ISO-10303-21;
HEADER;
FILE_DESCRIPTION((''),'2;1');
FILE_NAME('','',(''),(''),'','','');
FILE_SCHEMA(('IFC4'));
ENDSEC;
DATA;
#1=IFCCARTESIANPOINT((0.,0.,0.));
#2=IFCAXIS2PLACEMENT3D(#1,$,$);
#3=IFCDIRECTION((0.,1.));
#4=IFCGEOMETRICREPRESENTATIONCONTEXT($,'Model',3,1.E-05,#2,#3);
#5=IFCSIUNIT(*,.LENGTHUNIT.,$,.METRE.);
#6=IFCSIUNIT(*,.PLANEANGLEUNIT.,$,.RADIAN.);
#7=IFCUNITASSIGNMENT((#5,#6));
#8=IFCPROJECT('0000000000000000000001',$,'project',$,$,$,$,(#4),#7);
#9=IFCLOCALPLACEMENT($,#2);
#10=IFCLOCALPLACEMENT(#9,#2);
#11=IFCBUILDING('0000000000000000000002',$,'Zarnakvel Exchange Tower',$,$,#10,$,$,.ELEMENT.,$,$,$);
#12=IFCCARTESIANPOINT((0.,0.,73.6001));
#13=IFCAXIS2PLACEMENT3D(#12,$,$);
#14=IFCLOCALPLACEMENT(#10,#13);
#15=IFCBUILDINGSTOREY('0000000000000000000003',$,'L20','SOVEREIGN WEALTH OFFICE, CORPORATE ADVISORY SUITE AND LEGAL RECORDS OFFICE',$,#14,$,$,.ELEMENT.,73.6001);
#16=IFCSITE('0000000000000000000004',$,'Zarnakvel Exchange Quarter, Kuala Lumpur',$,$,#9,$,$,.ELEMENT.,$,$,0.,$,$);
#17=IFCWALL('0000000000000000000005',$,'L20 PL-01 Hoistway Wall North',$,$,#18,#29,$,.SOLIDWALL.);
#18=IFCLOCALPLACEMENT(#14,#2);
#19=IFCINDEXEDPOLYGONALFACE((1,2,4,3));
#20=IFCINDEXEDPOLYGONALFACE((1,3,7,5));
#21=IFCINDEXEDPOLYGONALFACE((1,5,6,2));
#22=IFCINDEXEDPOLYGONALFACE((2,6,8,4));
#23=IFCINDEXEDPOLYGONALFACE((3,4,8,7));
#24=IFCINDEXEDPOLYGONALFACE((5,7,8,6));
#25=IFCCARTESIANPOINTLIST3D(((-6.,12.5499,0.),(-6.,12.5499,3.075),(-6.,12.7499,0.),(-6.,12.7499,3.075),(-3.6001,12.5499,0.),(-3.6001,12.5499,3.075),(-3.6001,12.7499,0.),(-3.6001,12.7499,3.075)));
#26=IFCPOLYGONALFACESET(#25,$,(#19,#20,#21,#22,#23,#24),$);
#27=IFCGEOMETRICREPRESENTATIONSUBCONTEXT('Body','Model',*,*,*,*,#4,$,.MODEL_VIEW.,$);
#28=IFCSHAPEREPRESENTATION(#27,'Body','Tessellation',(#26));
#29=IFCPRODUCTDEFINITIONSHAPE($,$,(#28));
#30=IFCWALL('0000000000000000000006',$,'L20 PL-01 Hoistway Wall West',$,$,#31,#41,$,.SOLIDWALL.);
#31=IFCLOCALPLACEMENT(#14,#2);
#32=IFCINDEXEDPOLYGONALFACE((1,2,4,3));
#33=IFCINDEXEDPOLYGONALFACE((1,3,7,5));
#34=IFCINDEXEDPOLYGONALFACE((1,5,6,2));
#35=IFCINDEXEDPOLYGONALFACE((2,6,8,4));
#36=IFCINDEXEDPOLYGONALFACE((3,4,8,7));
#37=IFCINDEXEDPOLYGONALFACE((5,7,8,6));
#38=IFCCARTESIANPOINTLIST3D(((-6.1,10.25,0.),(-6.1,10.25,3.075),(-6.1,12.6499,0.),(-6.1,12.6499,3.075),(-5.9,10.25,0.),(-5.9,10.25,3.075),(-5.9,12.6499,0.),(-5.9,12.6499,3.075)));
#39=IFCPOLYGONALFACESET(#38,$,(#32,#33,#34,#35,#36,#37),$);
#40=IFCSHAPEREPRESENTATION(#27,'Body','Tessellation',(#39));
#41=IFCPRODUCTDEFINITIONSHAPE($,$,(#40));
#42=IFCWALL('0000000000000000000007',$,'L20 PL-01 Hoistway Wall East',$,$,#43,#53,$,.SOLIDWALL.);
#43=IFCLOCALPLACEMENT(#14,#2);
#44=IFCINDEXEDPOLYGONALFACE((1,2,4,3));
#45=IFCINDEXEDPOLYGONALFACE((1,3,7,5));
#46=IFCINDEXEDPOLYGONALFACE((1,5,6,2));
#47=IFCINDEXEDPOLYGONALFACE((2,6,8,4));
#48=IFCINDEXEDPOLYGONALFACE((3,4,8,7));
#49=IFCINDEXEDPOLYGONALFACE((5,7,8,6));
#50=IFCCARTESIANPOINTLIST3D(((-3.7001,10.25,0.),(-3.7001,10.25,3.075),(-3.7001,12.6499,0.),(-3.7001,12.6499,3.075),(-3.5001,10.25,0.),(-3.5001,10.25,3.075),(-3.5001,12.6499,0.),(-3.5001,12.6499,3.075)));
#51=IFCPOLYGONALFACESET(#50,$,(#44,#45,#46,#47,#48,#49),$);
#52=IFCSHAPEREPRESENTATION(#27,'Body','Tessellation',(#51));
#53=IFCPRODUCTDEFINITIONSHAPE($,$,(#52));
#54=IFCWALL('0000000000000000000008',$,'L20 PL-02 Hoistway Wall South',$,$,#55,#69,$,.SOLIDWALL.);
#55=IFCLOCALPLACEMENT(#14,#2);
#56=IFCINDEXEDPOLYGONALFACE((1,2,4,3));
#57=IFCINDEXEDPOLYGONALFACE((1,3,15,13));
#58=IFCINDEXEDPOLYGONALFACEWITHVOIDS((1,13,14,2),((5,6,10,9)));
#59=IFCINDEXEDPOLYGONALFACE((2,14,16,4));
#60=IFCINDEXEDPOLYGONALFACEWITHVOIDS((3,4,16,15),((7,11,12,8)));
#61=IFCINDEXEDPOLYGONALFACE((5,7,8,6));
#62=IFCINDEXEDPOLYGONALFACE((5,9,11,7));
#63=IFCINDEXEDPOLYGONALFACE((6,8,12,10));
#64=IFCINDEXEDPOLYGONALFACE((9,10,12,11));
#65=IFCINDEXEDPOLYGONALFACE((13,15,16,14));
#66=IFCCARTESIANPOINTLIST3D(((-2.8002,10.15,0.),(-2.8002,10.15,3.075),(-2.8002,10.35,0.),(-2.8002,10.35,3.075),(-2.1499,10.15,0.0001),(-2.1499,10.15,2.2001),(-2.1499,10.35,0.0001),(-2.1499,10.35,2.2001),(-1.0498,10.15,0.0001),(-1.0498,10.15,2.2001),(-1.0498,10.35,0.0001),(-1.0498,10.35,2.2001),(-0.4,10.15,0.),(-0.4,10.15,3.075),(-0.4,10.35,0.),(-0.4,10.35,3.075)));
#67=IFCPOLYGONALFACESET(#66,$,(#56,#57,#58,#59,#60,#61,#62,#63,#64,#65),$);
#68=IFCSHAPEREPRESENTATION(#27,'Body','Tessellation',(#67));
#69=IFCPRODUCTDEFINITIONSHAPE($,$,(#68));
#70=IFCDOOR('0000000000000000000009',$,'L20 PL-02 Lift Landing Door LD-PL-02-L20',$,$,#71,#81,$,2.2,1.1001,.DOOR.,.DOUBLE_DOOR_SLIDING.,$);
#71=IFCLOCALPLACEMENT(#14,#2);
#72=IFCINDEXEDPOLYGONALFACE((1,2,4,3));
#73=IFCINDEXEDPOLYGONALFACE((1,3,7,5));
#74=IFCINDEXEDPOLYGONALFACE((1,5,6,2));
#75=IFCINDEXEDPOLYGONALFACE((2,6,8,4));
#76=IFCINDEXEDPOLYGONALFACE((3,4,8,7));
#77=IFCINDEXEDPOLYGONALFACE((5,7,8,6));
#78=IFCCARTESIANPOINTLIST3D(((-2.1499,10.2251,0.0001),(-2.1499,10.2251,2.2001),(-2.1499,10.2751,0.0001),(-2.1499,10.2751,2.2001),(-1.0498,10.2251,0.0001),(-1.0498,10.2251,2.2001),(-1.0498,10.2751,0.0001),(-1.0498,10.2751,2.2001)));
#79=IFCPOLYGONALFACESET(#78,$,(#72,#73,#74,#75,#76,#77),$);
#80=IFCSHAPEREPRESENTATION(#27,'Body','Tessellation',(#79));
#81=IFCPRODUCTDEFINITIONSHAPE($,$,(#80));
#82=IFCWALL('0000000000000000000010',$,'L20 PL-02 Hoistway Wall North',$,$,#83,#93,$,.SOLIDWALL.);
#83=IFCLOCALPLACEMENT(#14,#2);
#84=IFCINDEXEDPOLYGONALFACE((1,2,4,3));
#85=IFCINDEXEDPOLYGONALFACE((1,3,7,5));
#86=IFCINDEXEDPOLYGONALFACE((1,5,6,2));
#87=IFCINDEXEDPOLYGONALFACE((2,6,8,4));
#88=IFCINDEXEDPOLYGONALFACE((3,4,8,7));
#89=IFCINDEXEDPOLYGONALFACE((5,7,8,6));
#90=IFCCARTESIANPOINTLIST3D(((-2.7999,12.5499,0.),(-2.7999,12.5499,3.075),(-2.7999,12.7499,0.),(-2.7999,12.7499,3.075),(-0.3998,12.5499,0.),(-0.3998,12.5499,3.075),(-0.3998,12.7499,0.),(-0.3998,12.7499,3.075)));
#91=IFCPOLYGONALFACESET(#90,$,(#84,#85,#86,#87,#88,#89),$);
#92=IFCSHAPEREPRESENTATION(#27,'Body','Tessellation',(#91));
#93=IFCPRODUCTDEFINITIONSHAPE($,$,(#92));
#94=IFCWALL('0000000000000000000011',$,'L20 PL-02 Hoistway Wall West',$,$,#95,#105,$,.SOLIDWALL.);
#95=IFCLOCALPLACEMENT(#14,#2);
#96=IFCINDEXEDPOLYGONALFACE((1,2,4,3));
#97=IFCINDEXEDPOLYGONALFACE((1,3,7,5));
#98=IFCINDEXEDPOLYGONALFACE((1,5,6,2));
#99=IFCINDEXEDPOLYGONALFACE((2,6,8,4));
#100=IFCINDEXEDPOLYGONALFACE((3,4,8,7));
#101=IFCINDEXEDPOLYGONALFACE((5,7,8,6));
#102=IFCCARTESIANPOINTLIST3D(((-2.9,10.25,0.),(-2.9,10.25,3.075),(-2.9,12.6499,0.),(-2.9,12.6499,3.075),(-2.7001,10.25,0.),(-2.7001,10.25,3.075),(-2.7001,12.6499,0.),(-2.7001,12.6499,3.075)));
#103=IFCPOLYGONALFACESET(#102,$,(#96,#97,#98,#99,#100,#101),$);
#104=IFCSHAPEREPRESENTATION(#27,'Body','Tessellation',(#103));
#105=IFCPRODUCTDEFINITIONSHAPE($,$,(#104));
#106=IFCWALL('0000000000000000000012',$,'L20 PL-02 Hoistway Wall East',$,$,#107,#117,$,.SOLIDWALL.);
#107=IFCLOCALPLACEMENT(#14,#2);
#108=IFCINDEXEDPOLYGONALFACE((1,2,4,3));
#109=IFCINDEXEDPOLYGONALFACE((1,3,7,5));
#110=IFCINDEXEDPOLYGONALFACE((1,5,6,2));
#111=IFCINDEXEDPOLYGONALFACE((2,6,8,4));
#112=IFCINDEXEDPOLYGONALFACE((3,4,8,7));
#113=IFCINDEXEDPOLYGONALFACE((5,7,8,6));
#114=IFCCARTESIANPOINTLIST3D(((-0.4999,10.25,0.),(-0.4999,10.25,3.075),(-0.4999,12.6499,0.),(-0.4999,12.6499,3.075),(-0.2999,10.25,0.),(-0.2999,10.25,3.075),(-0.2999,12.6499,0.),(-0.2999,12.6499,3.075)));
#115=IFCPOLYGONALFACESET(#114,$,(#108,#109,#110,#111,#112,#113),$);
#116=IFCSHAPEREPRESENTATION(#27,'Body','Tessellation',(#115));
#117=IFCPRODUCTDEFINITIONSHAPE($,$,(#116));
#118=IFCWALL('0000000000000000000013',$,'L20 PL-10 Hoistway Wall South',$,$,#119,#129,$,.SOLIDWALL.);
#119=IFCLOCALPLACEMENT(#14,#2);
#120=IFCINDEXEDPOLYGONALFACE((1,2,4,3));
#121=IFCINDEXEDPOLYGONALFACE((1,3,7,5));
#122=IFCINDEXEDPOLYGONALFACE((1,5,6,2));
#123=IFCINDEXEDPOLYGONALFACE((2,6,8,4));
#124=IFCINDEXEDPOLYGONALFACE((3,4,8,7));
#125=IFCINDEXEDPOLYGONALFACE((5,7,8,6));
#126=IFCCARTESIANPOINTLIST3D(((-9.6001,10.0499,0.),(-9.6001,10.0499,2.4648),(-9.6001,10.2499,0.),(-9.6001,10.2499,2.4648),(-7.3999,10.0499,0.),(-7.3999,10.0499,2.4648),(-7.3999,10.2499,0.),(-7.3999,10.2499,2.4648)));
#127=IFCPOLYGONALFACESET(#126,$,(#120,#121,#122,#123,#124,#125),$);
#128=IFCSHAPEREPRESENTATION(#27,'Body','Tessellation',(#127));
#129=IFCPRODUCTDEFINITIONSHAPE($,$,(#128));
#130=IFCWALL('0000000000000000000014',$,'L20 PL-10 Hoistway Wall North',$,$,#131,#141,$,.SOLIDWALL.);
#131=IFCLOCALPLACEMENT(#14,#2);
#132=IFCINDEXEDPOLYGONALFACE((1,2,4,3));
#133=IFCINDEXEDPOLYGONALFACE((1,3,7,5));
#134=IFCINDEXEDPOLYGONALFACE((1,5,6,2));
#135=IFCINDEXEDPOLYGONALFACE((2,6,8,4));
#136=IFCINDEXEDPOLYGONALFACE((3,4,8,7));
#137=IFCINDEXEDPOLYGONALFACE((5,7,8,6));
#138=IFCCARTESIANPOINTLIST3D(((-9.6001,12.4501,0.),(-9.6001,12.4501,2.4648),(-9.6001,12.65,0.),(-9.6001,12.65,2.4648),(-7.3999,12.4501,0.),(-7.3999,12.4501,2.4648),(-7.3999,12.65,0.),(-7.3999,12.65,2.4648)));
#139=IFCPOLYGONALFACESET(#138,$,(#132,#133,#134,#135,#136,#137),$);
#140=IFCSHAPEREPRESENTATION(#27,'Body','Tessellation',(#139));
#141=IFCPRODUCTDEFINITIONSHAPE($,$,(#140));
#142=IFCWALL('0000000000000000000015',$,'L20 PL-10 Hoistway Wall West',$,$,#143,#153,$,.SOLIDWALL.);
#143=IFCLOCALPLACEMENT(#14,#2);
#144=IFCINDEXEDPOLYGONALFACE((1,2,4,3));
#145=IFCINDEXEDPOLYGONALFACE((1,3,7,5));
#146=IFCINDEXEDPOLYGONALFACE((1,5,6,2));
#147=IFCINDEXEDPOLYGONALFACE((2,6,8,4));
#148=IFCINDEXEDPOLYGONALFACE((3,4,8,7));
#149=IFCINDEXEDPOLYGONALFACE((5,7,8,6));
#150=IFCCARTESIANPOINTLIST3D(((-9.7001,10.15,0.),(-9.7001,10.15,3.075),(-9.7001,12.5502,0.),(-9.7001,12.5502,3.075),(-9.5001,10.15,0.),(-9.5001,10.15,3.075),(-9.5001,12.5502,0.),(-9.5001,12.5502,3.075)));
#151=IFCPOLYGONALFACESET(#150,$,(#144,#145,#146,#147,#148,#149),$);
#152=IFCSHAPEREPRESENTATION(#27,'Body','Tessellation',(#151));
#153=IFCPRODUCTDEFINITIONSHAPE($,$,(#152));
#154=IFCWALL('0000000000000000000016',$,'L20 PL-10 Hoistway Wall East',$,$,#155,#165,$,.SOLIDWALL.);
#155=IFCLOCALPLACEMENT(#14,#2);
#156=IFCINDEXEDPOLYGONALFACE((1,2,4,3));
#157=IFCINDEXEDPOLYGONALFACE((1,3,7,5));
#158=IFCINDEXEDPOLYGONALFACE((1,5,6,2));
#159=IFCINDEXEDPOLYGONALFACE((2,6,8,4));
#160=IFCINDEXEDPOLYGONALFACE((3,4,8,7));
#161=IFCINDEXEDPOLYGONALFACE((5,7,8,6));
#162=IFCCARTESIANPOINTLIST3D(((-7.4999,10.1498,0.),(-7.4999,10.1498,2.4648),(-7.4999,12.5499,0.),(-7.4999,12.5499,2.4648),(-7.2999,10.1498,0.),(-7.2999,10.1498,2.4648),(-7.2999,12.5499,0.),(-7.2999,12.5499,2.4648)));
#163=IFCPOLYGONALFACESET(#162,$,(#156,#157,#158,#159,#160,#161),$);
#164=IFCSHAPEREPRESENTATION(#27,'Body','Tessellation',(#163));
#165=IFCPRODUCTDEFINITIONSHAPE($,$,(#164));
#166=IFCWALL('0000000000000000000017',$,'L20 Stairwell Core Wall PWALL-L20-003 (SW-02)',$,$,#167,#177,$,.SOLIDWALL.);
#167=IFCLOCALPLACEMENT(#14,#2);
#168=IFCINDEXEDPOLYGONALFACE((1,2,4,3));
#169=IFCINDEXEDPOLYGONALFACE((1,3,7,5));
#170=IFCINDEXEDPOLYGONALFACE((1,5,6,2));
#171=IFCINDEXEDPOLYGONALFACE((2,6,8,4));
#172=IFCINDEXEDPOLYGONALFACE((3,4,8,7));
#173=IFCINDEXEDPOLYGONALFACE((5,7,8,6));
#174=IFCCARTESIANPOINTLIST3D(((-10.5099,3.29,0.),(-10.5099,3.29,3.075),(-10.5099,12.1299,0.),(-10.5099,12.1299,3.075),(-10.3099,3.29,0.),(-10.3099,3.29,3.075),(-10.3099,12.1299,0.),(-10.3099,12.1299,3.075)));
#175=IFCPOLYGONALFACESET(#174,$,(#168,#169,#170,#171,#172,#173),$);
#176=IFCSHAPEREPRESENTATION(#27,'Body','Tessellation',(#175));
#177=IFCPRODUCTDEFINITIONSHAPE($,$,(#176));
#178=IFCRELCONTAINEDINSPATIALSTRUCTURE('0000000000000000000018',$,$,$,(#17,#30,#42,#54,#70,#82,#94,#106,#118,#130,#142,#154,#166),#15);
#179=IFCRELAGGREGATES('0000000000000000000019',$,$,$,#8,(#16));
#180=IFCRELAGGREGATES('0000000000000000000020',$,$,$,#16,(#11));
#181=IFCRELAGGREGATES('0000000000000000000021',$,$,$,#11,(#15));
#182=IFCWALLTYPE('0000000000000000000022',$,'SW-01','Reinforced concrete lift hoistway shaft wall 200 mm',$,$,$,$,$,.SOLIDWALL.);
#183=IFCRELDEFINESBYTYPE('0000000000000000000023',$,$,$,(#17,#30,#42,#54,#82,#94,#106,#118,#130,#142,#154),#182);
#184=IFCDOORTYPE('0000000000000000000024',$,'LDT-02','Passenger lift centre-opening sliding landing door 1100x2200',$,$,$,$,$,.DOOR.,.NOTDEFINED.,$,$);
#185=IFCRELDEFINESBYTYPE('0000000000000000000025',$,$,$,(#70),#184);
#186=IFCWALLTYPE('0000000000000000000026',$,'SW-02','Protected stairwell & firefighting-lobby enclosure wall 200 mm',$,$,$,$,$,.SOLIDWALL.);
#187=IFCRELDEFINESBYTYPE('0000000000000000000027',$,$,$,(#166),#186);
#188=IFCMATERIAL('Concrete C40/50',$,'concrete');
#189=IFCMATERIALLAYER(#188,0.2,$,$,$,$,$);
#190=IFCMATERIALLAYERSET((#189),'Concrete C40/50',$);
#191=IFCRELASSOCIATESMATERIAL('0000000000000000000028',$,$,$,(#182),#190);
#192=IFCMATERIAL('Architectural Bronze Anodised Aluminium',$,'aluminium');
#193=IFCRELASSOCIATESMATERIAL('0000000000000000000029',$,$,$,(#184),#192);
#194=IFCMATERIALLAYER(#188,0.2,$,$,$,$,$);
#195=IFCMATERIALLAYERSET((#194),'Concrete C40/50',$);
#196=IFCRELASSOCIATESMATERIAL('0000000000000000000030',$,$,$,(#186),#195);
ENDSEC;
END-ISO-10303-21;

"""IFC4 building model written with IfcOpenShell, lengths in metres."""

from ifc_helpers import new_model, si_unit, direction, frame, frame_2d, origin, place, context, subcontext, project, spatial, rectangle, extrude, source, transform, mapped, material, layer, layer_set, type_object, element, fill, save


model = new_model("IFC4")

# Units and contexts
model_context = context("Model", 3, precision=1e-05, world=origin(), true_north=direction((0.0, 1.0)))
body_context = subcontext(model_context, "Body", "Model", "MODEL_VIEW")
ifc_project = project(units=[si_unit("LENGTHUNIT", "METRE"), si_unit("PLANEANGLEUNIT", "RADIAN")], contexts=[model_context])

# Site, building, storey
site_placement = place(None, origin())
site = spatial("IfcSite", under=ifc_project, at=site_placement, Name="Zarnakvel Exchange Quarter, Kuala Lumpur", CompositionType="ELEMENT", RefElevation=0.0)
building_placement = place(site_placement, origin())
building = spatial("IfcBuilding", under=site, at=building_placement, Name="Zarnakvel Exchange Tower", CompositionType="ELEMENT")
storey_placement = place(building_placement, frame((0.0, 0.0, 73.6001)))
storey = spatial("IfcBuildingStorey", under=building, at=storey_placement, Name="L20", Description="SOVEREIGN WEALTH OFFICE, CORPORATE ADVISORY SUITE AND LEGAL RECORDS OFFICE", CompositionType="ELEMENT", Elevation=73.6001)

# Shared definitions
ifc_material_1 = material(Name="Architectural Bronze Anodised Aluminium", Category="aluminium")

# Shared definitions
ifc_material_2 = material(Name="Concrete C40/50", Category="concrete")
ifc_layer_1 = layer(ifc_material_2, 0.2)
ifc_layer_set_1 = layer_set([ifc_layer_1], Name="Concrete C40/50")
wall_type_1 = type_object("IfcWallType", Name="SW-01", Description="Reinforced concrete lift hoistway shaft wall 200 mm", PredefinedType="SOLIDWALL", material=ifc_layer_set_1)
door_type = type_object("IfcDoorType", Name="LDT-02", Description="Passenger lift centre-opening sliding landing door 1100x2200", OperationType="NOTDEFINED", PredefinedType="DOOR", material=ifc_material_1)
shared_shape_1 = source(origin(), body_context, "Body", "SweptSolid", [
    extrude(rectangle(XDim=1.1001, YDim=2.2, at=frame_2d((0.55, 1.1001))), frame((0.0, 0.0249, 0.0), z_axis=(0.0, -1.0, 0.0), x_axis=(1.0, 0.0, 0.0)), (0.0, 0.0, 1.0), 0.05),
])

# Walls
for number, where, z_axis, x_axis, name in (
    (1, (-6.0, 12.6499, 0.0), (0.0, 0.0, 1.0), (1.0, 0.0, 0.0), "L20 PL-01 Hoistway Wall North"),
    (2, (-6.0, 10.25, 0.0), (0.0, 0.0, 1.0), (0.0, 1.0, 0.0), "L20 PL-01 Hoistway Wall West"),
    (3, (-3.6001, 12.6499, 0.0), (0.0, 0.0, 1.0), (0.0, -1.0, 0.0), "L20 PL-01 Hoistway Wall East"),
):
    element("IfcWall", number, at=place(storey_placement, frame(where, z_axis=z_axis, x_axis=x_axis)), inside=storey, type_object=wall_type_1, Name=name, PredefinedType="SOLIDWALL", context=body_context, shape_type="SweptSolid", body=[
        extrude(rectangle(XDim=2.3999, YDim=0.2, at=frame_2d((1.2, 0.0))), origin(), (0.0, 0.0, 1.0), 3.075),
    ])

# Wall, opening, door
wall_1_placement = place(storey_placement, frame((-0.3999, 10.25, 0.0), z_axis=(0.0, 0.0, 1.0), x_axis=(-1.0, 0.0, 0.0)))
wall_1 = element("IfcWall", 4, at=wall_1_placement, inside=storey, type_object=wall_type_1, Name="L20 PL-02 Hoistway Wall South", PredefinedType="SOLIDWALL", context=body_context, shape_type="SweptSolid", body=[
    extrude(rectangle(XDim=2.4001, YDim=0.2, at=frame_2d((1.2002, 0.0))), origin(), (0.0, 0.0, 1.0), 3.075),
])
opening_1_placement = place(wall_1_placement, frame((0.6499, 0.0, 0.0)))
opening_1 = element("IfcOpeningElement", 5, at=opening_1_placement, cuts=wall_1, PredefinedType="OPENING", context=body_context, shape_type="SweptSolid", body=[
    extrude(rectangle(XDim=1.1001, YDim=2.2, at=frame_2d((0.55, 1.1001))), frame((0.0, 0.1099, 0.0), z_axis=(0.0, -1.0, 0.0), x_axis=(1.0, 0.0, 0.0)), (0.0, 0.0, 1.0), 0.22),
])
door_1_placement = place(opening_1_placement, origin())
door_1 = element("IfcDoor", 6, at=door_1_placement, inside=storey, type_object=door_type, Name="L20 PL-02 Lift Landing Door LD-PL-02-L20", OperationType="DOUBLE_DOOR_SLIDING", OverallHeight=2.2, OverallWidth=1.1001, PredefinedType="DOOR", context=body_context, shape_type="MappedRepresentation", body=[
    mapped(shared_shape_1, transform((0.0, 0.0, 0.0), x_axis=(1.0, 0.0, 0.0), y_axis=(0.0, 1.0, 0.0), z_axis=(0.0, 0.0, 1.0), scale=1.0)),
])
fill(opening_1, door_1)

# Walls
wall_2_placement = place(storey_placement, frame((-2.8, 12.6499, 0.0), z_axis=(0.0, 0.0, 1.0), x_axis=(1.0, 0.0, 0.0)))
element("IfcWall", 7, at=wall_2_placement, inside=storey, type_object=wall_type_1, Name="L20 PL-02 Hoistway Wall North", PredefinedType="SOLIDWALL", context=body_context, shape_type="SweptSolid", body=[
    extrude(rectangle(XDim=2.4001, YDim=0.2, at=frame_2d((1.2002, 0.0))), origin(), (0.0, 0.0, 1.0), 3.075),
])
for number, where, z_axis, x_axis, name in (
    (8, (-2.8, 10.25, 0.0), (0.0, 0.0, 1.0), (0.0, 1.0, 0.0), "L20 PL-02 Hoistway Wall West"),
    (9, (-0.3999, 12.6499, 0.0), (0.0, 0.0, 1.0), (0.0, -1.0, 0.0), "L20 PL-02 Hoistway Wall East"),
):
    element("IfcWall", number, at=place(storey_placement, frame(where, z_axis=z_axis, x_axis=x_axis)), inside=storey, type_object=wall_type_1, Name=name, PredefinedType="SOLIDWALL", context=body_context, shape_type="SweptSolid", body=[
        extrude(rectangle(XDim=2.3999, YDim=0.2, at=frame_2d((1.2, 0.0))), origin(), (0.0, 0.0, 1.0), 3.075),
    ])
for number, where, z_axis, x_axis, name in (
    (10, (-7.3999, 10.1499, 0.0), (0.0, 0.0, 1.0), (-1.0, 0.0, 0.0), "L20 PL-10 Hoistway Wall South"),
    (11, (-9.6001, 12.55, 0.0), (0.0, 0.0, 1.0), (1.0, 0.0, 0.0), "L20 PL-10 Hoistway Wall North"),
):
    element("IfcWall", number, at=place(storey_placement, frame(where, z_axis=z_axis, x_axis=x_axis)), inside=storey, type_object=wall_type_1, Name=name, PredefinedType="SOLIDWALL", context=body_context, shape_type="SweptSolid", body=[
        extrude(rectangle(XDim=2.2002, YDim=0.2, at=frame_2d((1.1001, 0.0))), origin(), (0.0, 0.0, 1.0), 2.4648),
    ])
wall_3_placement = place(storey_placement, frame((-9.6001, 10.1499, 0.0), z_axis=(0.0, 0.0, 1.0), x_axis=(0.0, 1.0, 0.0)))
element("IfcWall", 12, at=wall_3_placement, inside=storey, type_object=wall_type_1, Name="L20 PL-10 Hoistway Wall West", PredefinedType="SOLIDWALL", context=body_context, shape_type="SweptSolid", body=[
    extrude(rectangle(XDim=2.4001, YDim=0.2, at=frame_2d((1.2002, 0.0))), origin(), (0.0, 0.0, 1.0), 3.075),
])
wall_4_placement = place(storey_placement, frame((-7.3999, 12.55, 0.0), z_axis=(0.0, 0.0, 1.0), x_axis=(0.0, -1.0, 0.0)))
element("IfcWall", 13, at=wall_4_placement, inside=storey, type_object=wall_type_1, Name="L20 PL-10 Hoistway Wall East", PredefinedType="SOLIDWALL", context=body_context, shape_type="SweptSolid", body=[
    extrude(rectangle(XDim=2.4001, YDim=0.2, at=frame_2d((1.2002, 0.0))), origin(), (0.0, 0.0, 1.0), 2.4648),
])
ifc_layer_2 = layer(ifc_material_2, 0.2)
ifc_layer_set_2 = layer_set([ifc_layer_2], Name="Concrete C40/50")
wall_type_2 = type_object("IfcWallType", Name="SW-02", Description="Protected stairwell & firefighting-lobby enclosure wall 200 mm", PredefinedType="SOLIDWALL", material=ifc_layer_set_2)
wall_5_placement = place(storey_placement, frame((-10.4099, 12.1299, 0.0), z_axis=(0.0, 0.0, 1.0), x_axis=(0.0, -1.0, 0.0)))
element("IfcWall", 14, at=wall_5_placement, inside=storey, type_object=wall_type_2, Name="L20 Stairwell Core Wall PWALL-L20-003 (SW-02)", PredefinedType="SOLIDWALL", context=body_context, shape_type="SweptSolid", body=[
    extrude(rectangle(XDim=8.8398, YDim=0.2, at=frame_2d((4.4199, 0.0))), origin(), (0.0, 0.0, 1.0), 3.075),
])

save(model, "model.ifc")
